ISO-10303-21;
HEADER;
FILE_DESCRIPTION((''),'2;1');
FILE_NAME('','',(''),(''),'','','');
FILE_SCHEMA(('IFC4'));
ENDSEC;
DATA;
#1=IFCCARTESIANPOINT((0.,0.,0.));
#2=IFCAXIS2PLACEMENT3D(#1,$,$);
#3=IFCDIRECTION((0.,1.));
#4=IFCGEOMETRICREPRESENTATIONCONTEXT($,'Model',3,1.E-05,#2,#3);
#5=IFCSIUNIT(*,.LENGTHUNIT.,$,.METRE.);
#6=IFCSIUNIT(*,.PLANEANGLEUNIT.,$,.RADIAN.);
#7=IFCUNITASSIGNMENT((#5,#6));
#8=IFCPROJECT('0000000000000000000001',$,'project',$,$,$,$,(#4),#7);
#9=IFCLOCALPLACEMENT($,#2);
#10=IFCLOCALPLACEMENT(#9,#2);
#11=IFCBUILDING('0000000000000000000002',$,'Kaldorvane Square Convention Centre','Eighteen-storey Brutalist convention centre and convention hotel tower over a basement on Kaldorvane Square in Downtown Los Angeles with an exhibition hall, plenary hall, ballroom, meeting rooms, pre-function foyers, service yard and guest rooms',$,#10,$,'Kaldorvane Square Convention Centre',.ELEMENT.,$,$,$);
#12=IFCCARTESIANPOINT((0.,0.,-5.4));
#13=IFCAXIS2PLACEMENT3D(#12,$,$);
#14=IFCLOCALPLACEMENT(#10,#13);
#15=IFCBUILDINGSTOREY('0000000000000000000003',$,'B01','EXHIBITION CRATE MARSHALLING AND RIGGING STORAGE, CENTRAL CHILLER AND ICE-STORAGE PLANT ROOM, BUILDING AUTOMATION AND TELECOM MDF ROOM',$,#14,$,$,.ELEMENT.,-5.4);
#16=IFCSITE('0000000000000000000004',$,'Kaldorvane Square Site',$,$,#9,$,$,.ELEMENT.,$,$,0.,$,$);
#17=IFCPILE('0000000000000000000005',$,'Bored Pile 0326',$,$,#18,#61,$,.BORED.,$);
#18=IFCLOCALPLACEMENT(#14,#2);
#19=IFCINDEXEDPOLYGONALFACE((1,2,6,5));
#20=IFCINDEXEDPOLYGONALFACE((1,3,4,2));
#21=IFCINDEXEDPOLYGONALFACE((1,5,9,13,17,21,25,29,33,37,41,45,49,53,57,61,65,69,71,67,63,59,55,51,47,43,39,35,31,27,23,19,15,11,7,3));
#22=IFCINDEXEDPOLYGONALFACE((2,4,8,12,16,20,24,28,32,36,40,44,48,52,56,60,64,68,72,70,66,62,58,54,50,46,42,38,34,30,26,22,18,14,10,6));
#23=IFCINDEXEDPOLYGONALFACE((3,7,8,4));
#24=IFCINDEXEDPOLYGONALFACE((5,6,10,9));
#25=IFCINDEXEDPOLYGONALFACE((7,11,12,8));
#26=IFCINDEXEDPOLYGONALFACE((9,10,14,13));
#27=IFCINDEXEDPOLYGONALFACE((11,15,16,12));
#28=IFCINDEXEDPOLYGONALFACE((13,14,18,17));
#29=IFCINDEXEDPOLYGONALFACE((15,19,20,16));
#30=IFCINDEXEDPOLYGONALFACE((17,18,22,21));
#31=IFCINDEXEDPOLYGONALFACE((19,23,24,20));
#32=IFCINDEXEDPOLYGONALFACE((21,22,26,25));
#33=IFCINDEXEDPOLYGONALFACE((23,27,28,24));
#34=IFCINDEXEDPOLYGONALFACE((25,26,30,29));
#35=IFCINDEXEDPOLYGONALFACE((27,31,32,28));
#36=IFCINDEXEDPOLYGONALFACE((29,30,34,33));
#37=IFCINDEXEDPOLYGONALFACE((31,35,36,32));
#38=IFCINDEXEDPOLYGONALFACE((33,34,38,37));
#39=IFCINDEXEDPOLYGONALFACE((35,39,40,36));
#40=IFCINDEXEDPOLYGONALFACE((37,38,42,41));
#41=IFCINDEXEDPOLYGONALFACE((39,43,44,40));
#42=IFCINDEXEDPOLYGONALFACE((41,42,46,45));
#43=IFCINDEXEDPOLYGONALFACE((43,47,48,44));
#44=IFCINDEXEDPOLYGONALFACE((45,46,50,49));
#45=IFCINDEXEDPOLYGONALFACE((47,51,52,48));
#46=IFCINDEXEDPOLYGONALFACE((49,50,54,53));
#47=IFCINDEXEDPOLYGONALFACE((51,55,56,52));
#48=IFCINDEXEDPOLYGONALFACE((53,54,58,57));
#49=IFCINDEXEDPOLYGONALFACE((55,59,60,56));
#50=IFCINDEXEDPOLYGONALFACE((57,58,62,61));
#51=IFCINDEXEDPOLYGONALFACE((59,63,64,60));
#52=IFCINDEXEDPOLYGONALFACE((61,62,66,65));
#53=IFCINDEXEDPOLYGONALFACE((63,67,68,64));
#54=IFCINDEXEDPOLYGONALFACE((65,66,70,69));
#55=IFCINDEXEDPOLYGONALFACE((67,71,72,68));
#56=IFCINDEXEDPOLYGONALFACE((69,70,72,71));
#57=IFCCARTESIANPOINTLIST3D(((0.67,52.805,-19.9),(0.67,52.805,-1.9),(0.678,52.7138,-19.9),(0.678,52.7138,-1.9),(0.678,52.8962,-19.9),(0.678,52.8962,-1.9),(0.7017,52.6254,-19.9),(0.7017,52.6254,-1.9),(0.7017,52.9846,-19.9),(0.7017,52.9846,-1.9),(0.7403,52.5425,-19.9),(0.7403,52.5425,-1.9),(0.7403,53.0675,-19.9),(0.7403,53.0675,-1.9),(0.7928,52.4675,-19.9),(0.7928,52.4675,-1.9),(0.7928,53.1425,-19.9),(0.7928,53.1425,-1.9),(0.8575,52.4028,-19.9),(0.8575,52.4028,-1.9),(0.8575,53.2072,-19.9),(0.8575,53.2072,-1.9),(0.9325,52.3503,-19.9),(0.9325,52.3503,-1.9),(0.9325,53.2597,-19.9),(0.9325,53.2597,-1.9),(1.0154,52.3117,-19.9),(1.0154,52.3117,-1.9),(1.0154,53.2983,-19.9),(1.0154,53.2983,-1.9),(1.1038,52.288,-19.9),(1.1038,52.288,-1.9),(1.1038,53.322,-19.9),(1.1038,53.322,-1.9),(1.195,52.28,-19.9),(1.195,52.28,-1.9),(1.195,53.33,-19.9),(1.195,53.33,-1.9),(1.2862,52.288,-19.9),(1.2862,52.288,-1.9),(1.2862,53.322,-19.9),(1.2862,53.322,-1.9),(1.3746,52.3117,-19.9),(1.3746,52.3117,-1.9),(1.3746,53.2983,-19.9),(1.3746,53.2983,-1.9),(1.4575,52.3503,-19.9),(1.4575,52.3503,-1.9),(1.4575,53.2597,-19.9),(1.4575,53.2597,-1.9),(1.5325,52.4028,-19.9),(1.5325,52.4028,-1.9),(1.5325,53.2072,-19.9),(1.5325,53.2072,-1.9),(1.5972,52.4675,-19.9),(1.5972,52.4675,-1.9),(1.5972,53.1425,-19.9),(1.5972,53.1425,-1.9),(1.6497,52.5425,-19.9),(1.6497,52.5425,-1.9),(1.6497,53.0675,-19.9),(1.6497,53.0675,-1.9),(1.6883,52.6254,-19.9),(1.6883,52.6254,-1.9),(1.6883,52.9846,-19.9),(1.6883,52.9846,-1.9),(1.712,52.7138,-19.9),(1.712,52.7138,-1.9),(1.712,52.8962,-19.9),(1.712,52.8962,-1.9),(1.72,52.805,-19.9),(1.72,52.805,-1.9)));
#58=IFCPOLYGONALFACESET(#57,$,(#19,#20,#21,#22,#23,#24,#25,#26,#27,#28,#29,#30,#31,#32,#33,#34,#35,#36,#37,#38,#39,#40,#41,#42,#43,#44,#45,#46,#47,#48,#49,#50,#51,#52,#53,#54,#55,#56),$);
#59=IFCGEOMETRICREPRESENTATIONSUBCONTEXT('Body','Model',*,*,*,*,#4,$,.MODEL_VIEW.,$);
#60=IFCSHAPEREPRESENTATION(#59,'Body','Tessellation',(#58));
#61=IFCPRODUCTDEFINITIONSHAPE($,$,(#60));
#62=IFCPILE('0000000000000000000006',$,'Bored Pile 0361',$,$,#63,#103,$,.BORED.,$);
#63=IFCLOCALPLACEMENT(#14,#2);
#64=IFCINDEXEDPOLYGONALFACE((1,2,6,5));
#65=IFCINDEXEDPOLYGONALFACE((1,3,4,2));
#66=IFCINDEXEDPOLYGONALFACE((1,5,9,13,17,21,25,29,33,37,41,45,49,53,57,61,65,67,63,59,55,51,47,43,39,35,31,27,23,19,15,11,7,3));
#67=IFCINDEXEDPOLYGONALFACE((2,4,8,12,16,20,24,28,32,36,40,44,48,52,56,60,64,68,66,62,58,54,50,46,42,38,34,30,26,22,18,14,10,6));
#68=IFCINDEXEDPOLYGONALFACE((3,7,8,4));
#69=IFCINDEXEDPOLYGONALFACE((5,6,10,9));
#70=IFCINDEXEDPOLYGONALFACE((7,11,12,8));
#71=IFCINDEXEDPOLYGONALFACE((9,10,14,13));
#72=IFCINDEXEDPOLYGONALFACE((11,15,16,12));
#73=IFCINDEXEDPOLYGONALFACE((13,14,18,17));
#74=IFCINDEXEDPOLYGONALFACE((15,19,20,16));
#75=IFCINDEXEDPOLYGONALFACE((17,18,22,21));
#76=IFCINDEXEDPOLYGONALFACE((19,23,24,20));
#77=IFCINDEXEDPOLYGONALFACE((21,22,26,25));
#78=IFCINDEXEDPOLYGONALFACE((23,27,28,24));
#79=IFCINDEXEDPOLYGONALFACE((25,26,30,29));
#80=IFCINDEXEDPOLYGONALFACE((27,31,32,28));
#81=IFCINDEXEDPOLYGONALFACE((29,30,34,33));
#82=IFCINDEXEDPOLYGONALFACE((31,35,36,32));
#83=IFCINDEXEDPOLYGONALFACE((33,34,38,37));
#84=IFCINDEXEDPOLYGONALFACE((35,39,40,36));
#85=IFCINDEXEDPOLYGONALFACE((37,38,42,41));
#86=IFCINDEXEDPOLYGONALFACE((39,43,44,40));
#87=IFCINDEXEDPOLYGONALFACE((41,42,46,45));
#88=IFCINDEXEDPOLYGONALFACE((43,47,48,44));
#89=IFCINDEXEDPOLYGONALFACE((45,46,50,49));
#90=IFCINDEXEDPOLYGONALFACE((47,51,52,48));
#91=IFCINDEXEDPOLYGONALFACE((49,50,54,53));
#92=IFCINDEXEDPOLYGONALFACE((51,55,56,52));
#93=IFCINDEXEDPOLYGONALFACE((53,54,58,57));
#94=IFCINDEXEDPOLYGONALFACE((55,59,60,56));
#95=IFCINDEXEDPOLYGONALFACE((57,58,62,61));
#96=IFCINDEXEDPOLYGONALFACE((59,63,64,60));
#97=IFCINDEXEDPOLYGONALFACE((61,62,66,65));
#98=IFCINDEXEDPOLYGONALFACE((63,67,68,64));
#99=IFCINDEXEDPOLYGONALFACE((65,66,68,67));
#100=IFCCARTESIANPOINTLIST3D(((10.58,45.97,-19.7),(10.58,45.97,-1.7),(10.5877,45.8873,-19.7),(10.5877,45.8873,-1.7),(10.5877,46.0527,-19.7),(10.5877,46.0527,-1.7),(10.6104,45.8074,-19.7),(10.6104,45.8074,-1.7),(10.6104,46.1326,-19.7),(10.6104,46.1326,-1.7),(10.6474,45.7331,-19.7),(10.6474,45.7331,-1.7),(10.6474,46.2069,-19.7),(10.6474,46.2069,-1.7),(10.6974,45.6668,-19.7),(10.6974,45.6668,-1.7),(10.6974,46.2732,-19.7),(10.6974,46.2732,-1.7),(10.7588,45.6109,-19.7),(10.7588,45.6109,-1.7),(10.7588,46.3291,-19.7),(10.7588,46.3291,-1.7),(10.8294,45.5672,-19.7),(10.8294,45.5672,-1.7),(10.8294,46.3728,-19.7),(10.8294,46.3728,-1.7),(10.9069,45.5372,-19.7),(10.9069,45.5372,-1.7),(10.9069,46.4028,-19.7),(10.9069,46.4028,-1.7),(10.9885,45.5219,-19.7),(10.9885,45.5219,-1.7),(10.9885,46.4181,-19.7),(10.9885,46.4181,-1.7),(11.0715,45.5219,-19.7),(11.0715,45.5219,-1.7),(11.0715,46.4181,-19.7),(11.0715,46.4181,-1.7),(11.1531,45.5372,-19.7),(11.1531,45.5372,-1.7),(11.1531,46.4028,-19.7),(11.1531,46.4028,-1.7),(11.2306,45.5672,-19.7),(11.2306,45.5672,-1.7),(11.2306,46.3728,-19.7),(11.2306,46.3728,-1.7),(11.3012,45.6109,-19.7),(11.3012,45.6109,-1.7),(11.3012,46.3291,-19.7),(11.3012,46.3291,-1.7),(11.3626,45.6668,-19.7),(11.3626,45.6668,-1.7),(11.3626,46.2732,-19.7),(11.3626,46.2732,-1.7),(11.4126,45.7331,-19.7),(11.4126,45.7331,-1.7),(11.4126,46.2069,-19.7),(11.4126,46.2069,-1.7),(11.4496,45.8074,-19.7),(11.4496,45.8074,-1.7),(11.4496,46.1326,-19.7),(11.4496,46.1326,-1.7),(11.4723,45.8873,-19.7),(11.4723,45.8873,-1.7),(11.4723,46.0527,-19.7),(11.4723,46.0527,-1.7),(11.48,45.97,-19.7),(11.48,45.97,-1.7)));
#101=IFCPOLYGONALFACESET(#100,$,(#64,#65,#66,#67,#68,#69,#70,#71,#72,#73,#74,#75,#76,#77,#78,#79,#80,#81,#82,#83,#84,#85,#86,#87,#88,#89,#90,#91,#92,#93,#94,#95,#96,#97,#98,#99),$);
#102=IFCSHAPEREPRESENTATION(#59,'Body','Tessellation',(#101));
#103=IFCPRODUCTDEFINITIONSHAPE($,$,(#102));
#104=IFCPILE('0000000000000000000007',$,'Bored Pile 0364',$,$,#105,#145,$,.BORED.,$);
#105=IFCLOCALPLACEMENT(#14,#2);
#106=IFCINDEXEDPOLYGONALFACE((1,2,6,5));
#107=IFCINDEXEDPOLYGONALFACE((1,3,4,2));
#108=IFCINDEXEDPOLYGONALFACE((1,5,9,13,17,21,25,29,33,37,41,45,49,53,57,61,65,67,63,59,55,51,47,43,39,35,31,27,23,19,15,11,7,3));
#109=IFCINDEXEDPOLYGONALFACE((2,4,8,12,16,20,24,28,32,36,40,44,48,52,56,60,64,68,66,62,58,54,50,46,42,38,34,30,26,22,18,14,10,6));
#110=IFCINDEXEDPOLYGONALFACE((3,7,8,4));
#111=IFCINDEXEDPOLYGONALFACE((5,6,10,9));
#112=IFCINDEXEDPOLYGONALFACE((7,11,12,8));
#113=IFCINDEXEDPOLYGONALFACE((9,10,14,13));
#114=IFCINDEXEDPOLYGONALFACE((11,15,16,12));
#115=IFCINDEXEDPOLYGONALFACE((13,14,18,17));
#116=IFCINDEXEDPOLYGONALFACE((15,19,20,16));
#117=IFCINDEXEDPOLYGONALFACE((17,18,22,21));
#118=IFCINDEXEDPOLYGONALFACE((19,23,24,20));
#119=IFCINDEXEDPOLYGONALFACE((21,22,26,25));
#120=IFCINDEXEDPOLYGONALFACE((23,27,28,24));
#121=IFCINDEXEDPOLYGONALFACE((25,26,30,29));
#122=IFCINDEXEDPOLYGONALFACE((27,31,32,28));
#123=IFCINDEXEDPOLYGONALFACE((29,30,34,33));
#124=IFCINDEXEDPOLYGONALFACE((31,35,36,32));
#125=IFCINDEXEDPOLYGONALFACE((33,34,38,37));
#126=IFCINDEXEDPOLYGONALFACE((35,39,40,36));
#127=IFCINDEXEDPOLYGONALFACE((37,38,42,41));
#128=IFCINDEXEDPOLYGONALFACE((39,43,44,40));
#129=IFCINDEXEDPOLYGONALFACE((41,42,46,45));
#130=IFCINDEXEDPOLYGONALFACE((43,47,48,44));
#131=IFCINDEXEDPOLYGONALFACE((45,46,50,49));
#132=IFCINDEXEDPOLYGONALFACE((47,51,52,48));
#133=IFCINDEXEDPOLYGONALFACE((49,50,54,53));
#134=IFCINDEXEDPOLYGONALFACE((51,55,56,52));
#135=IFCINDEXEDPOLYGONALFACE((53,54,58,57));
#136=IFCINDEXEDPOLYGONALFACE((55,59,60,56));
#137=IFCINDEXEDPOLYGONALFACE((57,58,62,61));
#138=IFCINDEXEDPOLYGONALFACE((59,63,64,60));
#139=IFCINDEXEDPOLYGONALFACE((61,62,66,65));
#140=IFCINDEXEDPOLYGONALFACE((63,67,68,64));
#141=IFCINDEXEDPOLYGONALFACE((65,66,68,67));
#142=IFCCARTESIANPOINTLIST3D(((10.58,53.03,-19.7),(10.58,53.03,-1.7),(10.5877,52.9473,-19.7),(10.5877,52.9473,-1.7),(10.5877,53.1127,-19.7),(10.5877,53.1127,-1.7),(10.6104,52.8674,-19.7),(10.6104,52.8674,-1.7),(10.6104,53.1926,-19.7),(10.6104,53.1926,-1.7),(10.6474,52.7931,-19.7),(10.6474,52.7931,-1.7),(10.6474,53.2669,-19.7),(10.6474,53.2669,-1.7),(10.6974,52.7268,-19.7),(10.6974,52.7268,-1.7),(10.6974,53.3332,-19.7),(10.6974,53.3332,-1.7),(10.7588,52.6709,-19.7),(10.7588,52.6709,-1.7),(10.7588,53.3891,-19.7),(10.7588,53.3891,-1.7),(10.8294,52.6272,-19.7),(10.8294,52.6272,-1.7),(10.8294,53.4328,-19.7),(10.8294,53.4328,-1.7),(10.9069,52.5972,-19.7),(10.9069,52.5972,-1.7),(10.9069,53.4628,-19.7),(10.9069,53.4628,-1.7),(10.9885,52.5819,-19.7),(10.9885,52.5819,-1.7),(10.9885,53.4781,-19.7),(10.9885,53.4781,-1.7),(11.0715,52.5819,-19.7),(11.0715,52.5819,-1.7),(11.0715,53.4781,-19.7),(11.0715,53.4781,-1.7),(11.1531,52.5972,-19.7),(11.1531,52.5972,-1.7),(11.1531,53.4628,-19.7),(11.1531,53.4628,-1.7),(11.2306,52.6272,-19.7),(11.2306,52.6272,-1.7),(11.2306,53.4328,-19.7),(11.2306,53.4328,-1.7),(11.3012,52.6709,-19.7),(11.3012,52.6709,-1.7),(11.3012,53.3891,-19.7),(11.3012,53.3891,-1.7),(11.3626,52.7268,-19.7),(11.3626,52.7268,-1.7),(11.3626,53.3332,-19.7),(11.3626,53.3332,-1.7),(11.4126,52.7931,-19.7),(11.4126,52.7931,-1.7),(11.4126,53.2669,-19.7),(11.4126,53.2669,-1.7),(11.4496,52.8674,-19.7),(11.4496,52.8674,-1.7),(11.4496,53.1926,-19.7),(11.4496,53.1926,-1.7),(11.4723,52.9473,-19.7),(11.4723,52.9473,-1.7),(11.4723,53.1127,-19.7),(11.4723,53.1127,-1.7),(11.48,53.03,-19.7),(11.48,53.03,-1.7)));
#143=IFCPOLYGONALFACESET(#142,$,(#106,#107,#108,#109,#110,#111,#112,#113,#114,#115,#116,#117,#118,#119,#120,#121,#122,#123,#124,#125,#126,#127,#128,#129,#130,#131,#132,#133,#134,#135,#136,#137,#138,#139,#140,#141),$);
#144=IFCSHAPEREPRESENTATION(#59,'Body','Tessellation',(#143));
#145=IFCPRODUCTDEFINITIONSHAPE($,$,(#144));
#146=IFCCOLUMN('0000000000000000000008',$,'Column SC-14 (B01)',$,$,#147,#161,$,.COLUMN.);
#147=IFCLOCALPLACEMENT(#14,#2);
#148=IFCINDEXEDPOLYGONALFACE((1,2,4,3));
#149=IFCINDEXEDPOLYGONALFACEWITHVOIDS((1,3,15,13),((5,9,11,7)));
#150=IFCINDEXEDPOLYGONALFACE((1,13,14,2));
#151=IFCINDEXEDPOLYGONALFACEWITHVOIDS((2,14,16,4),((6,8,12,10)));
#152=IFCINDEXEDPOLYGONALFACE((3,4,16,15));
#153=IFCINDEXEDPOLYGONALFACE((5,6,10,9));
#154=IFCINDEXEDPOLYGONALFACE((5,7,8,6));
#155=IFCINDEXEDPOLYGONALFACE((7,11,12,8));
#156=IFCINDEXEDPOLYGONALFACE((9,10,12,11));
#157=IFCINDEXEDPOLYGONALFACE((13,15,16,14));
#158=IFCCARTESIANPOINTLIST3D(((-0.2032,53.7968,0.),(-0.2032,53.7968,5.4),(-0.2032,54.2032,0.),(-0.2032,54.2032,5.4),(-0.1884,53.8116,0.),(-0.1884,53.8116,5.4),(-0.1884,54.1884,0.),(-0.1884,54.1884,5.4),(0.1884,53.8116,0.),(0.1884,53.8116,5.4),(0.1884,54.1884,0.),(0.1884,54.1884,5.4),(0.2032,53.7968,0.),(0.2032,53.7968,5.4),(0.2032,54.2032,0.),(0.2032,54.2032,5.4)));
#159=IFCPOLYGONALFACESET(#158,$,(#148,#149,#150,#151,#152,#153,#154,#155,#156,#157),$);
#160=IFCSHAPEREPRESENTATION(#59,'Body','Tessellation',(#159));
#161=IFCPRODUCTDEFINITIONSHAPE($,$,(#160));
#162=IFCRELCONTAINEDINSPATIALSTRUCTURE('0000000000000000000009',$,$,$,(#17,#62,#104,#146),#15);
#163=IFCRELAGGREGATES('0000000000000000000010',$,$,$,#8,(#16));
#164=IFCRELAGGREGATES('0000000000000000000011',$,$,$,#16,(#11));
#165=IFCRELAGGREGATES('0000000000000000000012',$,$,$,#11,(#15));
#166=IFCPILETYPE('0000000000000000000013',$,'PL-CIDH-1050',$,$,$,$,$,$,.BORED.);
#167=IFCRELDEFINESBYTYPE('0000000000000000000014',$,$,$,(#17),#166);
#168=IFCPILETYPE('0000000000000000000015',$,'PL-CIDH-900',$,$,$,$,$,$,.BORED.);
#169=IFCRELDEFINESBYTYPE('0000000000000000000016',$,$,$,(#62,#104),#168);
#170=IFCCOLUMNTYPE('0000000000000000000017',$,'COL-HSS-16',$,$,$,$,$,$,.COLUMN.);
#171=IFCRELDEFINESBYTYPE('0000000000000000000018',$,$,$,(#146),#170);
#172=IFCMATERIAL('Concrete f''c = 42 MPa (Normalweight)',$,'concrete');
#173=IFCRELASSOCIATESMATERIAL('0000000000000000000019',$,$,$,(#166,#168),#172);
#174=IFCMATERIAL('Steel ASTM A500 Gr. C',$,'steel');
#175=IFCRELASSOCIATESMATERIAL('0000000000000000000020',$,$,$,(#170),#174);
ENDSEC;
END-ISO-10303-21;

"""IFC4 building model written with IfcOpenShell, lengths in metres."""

from ifc_helpers import new_model, si_unit, direction, frame, origin, origin_2d, place, context, subcontext, project, spatial, hollow_rectangle, circle, extrude, material, material_profile, profile_set, type_object, element, save


model = new_model("IFC4")

# Units and contexts
model_context = context("Model", 3, precision=1e-05, world=origin(), true_north=direction((0.0, 1.0)))
body_context = subcontext(model_context, "Body", "Model", "MODEL_VIEW")
ifc_project = project(units=[si_unit("LENGTHUNIT", "METRE"), si_unit("PLANEANGLEUNIT", "RADIAN")], contexts=[model_context])

# Site, building, storey
site_placement = place(None, origin())
site = spatial("IfcSite", under=ifc_project, at=site_placement, Name="Kaldorvane Square Site", CompositionType="ELEMENT", RefElevation=0.0)
building_placement = place(site_placement, origin())
building = spatial("IfcBuilding", under=site, at=building_placement, Name="Kaldorvane Square Convention Centre", Description="Eighteen-storey Brutalist convention centre and convention hotel tower over a basement on Kaldorvane Square in Downtown Los Angeles with an exhibition hall, plenary hall, ballroom, meeting rooms, pre-function foyers, service yard and guest rooms", LongName="Kaldorvane Square Convention Centre", CompositionType="ELEMENT")
storey_placement = place(building_placement, frame((0.0, 0.0, -5.4)))
storey = spatial("IfcBuildingStorey", under=building, at=storey_placement, Name="B01", Description="EXHIBITION CRATE MARSHALLING AND RIGGING STORAGE, CENTRAL CHILLER AND ICE-STORAGE PLANT ROOM, BUILDING AUTOMATION AND TELECOM MDF ROOM", CompositionType="ELEMENT", Elevation=-5.4)

# Shared definitions
ifc_material_1 = material(Name="Concrete f'c = 42 MPa (Normalweight)", Category="concrete")

# Piles
ifc_material_profile_1 = material_profile(ifc_material_1, circle(Radius=0.525, at=origin_2d()), Name="PILE-D1050")
ifc_profile_set_1 = profile_set([ifc_material_profile_1], Name="Concrete f'c = 42 MPa (Normalweight)")
pile_type_1 = type_object("IfcPileType", Name="PL-CIDH-1050", PredefinedType="BORED", material=ifc_profile_set_1)
for number, where, z_axis, x_axis, name in (
    (1, (1.195, 52.805, -1.9), (0.0, 0.0, -1.0), (1.0, 0.0, 0.0), "Bored Pile 0326"),
):
    element("IfcPile", number, at=place(storey_placement, frame(where, z_axis=z_axis, x_axis=x_axis)), inside=storey, type_object=pile_type_1, Name=name, PredefinedType="BORED", context=body_context, shape_type="SweptSolid", body=[
        extrude(circle(Radius=0.525, at=origin_2d()), origin(), (0.0, 0.0, 1.0), 18.0),
    ])
ifc_material_profile_2 = material_profile(ifc_material_1, circle(Radius=0.45, at=origin_2d()), Name="PILE-D900")
ifc_profile_set_2 = profile_set([ifc_material_profile_2], Name="Concrete f'c = 42 MPa (Normalweight)")
pile_type_2 = type_object("IfcPileType", Name="PL-CIDH-900", PredefinedType="BORED", material=ifc_profile_set_2)
for number, where, z_axis, x_axis, name in (
    (2, (11.03, 45.97, -1.7), (0.0, 0.0, -1.0), (1.0, 0.0, 0.0), "Bored Pile 0361"),
    (3, (11.03, 53.03, -1.7), (0.0, 0.0, -1.0), (1.0, 0.0, 0.0), "Bored Pile 0364"),
):
    element("IfcPile", number, at=place(storey_placement, frame(where, z_axis=z_axis, x_axis=x_axis)), inside=storey, type_object=pile_type_2, Name=name, PredefinedType="BORED", context=body_context, shape_type="SweptSolid", body=[
        extrude(circle(Radius=0.45, at=origin_2d()), origin(), (0.0, 0.0, 1.0), 18.0),
    ])

# Column
ifc_material_2 = material(Name="Steel ASTM A500 Gr. C", Category="steel")
ifc_material_profile_3 = material_profile(ifc_material_2, hollow_rectangle(XDim=0.4064, YDim=0.4064, WallThickness=0.0148, at=origin_2d()), Name="HSS16X16X5/8")
ifc_profile_set_3 = profile_set([ifc_material_profile_3], Name="Steel ASTM A500 Gr. C")
column_type_1 = type_object("IfcColumnType", Name="COL-HSS-16", PredefinedType="COLUMN", material=ifc_profile_set_3)
column_1_placement = place(storey_placement, frame((0.0, 54.0, 0.0), z_axis=(0.0, 0.0, 1.0), x_axis=(1.0, 0.0, 0.0)))
element("IfcColumn", 4, at=column_1_placement, inside=storey, type_object=column_type_1, Name="Column SC-14 (B01)", PredefinedType="COLUMN", context=body_context, shape_type="SweptSolid", body=[
    extrude(hollow_rectangle(XDim=0.4064, YDim=0.4064, WallThickness=0.0148, at=origin_2d()), origin(), (0.0, 0.0, 1.0), 5.4),
])

save(model, "model.ifc")
